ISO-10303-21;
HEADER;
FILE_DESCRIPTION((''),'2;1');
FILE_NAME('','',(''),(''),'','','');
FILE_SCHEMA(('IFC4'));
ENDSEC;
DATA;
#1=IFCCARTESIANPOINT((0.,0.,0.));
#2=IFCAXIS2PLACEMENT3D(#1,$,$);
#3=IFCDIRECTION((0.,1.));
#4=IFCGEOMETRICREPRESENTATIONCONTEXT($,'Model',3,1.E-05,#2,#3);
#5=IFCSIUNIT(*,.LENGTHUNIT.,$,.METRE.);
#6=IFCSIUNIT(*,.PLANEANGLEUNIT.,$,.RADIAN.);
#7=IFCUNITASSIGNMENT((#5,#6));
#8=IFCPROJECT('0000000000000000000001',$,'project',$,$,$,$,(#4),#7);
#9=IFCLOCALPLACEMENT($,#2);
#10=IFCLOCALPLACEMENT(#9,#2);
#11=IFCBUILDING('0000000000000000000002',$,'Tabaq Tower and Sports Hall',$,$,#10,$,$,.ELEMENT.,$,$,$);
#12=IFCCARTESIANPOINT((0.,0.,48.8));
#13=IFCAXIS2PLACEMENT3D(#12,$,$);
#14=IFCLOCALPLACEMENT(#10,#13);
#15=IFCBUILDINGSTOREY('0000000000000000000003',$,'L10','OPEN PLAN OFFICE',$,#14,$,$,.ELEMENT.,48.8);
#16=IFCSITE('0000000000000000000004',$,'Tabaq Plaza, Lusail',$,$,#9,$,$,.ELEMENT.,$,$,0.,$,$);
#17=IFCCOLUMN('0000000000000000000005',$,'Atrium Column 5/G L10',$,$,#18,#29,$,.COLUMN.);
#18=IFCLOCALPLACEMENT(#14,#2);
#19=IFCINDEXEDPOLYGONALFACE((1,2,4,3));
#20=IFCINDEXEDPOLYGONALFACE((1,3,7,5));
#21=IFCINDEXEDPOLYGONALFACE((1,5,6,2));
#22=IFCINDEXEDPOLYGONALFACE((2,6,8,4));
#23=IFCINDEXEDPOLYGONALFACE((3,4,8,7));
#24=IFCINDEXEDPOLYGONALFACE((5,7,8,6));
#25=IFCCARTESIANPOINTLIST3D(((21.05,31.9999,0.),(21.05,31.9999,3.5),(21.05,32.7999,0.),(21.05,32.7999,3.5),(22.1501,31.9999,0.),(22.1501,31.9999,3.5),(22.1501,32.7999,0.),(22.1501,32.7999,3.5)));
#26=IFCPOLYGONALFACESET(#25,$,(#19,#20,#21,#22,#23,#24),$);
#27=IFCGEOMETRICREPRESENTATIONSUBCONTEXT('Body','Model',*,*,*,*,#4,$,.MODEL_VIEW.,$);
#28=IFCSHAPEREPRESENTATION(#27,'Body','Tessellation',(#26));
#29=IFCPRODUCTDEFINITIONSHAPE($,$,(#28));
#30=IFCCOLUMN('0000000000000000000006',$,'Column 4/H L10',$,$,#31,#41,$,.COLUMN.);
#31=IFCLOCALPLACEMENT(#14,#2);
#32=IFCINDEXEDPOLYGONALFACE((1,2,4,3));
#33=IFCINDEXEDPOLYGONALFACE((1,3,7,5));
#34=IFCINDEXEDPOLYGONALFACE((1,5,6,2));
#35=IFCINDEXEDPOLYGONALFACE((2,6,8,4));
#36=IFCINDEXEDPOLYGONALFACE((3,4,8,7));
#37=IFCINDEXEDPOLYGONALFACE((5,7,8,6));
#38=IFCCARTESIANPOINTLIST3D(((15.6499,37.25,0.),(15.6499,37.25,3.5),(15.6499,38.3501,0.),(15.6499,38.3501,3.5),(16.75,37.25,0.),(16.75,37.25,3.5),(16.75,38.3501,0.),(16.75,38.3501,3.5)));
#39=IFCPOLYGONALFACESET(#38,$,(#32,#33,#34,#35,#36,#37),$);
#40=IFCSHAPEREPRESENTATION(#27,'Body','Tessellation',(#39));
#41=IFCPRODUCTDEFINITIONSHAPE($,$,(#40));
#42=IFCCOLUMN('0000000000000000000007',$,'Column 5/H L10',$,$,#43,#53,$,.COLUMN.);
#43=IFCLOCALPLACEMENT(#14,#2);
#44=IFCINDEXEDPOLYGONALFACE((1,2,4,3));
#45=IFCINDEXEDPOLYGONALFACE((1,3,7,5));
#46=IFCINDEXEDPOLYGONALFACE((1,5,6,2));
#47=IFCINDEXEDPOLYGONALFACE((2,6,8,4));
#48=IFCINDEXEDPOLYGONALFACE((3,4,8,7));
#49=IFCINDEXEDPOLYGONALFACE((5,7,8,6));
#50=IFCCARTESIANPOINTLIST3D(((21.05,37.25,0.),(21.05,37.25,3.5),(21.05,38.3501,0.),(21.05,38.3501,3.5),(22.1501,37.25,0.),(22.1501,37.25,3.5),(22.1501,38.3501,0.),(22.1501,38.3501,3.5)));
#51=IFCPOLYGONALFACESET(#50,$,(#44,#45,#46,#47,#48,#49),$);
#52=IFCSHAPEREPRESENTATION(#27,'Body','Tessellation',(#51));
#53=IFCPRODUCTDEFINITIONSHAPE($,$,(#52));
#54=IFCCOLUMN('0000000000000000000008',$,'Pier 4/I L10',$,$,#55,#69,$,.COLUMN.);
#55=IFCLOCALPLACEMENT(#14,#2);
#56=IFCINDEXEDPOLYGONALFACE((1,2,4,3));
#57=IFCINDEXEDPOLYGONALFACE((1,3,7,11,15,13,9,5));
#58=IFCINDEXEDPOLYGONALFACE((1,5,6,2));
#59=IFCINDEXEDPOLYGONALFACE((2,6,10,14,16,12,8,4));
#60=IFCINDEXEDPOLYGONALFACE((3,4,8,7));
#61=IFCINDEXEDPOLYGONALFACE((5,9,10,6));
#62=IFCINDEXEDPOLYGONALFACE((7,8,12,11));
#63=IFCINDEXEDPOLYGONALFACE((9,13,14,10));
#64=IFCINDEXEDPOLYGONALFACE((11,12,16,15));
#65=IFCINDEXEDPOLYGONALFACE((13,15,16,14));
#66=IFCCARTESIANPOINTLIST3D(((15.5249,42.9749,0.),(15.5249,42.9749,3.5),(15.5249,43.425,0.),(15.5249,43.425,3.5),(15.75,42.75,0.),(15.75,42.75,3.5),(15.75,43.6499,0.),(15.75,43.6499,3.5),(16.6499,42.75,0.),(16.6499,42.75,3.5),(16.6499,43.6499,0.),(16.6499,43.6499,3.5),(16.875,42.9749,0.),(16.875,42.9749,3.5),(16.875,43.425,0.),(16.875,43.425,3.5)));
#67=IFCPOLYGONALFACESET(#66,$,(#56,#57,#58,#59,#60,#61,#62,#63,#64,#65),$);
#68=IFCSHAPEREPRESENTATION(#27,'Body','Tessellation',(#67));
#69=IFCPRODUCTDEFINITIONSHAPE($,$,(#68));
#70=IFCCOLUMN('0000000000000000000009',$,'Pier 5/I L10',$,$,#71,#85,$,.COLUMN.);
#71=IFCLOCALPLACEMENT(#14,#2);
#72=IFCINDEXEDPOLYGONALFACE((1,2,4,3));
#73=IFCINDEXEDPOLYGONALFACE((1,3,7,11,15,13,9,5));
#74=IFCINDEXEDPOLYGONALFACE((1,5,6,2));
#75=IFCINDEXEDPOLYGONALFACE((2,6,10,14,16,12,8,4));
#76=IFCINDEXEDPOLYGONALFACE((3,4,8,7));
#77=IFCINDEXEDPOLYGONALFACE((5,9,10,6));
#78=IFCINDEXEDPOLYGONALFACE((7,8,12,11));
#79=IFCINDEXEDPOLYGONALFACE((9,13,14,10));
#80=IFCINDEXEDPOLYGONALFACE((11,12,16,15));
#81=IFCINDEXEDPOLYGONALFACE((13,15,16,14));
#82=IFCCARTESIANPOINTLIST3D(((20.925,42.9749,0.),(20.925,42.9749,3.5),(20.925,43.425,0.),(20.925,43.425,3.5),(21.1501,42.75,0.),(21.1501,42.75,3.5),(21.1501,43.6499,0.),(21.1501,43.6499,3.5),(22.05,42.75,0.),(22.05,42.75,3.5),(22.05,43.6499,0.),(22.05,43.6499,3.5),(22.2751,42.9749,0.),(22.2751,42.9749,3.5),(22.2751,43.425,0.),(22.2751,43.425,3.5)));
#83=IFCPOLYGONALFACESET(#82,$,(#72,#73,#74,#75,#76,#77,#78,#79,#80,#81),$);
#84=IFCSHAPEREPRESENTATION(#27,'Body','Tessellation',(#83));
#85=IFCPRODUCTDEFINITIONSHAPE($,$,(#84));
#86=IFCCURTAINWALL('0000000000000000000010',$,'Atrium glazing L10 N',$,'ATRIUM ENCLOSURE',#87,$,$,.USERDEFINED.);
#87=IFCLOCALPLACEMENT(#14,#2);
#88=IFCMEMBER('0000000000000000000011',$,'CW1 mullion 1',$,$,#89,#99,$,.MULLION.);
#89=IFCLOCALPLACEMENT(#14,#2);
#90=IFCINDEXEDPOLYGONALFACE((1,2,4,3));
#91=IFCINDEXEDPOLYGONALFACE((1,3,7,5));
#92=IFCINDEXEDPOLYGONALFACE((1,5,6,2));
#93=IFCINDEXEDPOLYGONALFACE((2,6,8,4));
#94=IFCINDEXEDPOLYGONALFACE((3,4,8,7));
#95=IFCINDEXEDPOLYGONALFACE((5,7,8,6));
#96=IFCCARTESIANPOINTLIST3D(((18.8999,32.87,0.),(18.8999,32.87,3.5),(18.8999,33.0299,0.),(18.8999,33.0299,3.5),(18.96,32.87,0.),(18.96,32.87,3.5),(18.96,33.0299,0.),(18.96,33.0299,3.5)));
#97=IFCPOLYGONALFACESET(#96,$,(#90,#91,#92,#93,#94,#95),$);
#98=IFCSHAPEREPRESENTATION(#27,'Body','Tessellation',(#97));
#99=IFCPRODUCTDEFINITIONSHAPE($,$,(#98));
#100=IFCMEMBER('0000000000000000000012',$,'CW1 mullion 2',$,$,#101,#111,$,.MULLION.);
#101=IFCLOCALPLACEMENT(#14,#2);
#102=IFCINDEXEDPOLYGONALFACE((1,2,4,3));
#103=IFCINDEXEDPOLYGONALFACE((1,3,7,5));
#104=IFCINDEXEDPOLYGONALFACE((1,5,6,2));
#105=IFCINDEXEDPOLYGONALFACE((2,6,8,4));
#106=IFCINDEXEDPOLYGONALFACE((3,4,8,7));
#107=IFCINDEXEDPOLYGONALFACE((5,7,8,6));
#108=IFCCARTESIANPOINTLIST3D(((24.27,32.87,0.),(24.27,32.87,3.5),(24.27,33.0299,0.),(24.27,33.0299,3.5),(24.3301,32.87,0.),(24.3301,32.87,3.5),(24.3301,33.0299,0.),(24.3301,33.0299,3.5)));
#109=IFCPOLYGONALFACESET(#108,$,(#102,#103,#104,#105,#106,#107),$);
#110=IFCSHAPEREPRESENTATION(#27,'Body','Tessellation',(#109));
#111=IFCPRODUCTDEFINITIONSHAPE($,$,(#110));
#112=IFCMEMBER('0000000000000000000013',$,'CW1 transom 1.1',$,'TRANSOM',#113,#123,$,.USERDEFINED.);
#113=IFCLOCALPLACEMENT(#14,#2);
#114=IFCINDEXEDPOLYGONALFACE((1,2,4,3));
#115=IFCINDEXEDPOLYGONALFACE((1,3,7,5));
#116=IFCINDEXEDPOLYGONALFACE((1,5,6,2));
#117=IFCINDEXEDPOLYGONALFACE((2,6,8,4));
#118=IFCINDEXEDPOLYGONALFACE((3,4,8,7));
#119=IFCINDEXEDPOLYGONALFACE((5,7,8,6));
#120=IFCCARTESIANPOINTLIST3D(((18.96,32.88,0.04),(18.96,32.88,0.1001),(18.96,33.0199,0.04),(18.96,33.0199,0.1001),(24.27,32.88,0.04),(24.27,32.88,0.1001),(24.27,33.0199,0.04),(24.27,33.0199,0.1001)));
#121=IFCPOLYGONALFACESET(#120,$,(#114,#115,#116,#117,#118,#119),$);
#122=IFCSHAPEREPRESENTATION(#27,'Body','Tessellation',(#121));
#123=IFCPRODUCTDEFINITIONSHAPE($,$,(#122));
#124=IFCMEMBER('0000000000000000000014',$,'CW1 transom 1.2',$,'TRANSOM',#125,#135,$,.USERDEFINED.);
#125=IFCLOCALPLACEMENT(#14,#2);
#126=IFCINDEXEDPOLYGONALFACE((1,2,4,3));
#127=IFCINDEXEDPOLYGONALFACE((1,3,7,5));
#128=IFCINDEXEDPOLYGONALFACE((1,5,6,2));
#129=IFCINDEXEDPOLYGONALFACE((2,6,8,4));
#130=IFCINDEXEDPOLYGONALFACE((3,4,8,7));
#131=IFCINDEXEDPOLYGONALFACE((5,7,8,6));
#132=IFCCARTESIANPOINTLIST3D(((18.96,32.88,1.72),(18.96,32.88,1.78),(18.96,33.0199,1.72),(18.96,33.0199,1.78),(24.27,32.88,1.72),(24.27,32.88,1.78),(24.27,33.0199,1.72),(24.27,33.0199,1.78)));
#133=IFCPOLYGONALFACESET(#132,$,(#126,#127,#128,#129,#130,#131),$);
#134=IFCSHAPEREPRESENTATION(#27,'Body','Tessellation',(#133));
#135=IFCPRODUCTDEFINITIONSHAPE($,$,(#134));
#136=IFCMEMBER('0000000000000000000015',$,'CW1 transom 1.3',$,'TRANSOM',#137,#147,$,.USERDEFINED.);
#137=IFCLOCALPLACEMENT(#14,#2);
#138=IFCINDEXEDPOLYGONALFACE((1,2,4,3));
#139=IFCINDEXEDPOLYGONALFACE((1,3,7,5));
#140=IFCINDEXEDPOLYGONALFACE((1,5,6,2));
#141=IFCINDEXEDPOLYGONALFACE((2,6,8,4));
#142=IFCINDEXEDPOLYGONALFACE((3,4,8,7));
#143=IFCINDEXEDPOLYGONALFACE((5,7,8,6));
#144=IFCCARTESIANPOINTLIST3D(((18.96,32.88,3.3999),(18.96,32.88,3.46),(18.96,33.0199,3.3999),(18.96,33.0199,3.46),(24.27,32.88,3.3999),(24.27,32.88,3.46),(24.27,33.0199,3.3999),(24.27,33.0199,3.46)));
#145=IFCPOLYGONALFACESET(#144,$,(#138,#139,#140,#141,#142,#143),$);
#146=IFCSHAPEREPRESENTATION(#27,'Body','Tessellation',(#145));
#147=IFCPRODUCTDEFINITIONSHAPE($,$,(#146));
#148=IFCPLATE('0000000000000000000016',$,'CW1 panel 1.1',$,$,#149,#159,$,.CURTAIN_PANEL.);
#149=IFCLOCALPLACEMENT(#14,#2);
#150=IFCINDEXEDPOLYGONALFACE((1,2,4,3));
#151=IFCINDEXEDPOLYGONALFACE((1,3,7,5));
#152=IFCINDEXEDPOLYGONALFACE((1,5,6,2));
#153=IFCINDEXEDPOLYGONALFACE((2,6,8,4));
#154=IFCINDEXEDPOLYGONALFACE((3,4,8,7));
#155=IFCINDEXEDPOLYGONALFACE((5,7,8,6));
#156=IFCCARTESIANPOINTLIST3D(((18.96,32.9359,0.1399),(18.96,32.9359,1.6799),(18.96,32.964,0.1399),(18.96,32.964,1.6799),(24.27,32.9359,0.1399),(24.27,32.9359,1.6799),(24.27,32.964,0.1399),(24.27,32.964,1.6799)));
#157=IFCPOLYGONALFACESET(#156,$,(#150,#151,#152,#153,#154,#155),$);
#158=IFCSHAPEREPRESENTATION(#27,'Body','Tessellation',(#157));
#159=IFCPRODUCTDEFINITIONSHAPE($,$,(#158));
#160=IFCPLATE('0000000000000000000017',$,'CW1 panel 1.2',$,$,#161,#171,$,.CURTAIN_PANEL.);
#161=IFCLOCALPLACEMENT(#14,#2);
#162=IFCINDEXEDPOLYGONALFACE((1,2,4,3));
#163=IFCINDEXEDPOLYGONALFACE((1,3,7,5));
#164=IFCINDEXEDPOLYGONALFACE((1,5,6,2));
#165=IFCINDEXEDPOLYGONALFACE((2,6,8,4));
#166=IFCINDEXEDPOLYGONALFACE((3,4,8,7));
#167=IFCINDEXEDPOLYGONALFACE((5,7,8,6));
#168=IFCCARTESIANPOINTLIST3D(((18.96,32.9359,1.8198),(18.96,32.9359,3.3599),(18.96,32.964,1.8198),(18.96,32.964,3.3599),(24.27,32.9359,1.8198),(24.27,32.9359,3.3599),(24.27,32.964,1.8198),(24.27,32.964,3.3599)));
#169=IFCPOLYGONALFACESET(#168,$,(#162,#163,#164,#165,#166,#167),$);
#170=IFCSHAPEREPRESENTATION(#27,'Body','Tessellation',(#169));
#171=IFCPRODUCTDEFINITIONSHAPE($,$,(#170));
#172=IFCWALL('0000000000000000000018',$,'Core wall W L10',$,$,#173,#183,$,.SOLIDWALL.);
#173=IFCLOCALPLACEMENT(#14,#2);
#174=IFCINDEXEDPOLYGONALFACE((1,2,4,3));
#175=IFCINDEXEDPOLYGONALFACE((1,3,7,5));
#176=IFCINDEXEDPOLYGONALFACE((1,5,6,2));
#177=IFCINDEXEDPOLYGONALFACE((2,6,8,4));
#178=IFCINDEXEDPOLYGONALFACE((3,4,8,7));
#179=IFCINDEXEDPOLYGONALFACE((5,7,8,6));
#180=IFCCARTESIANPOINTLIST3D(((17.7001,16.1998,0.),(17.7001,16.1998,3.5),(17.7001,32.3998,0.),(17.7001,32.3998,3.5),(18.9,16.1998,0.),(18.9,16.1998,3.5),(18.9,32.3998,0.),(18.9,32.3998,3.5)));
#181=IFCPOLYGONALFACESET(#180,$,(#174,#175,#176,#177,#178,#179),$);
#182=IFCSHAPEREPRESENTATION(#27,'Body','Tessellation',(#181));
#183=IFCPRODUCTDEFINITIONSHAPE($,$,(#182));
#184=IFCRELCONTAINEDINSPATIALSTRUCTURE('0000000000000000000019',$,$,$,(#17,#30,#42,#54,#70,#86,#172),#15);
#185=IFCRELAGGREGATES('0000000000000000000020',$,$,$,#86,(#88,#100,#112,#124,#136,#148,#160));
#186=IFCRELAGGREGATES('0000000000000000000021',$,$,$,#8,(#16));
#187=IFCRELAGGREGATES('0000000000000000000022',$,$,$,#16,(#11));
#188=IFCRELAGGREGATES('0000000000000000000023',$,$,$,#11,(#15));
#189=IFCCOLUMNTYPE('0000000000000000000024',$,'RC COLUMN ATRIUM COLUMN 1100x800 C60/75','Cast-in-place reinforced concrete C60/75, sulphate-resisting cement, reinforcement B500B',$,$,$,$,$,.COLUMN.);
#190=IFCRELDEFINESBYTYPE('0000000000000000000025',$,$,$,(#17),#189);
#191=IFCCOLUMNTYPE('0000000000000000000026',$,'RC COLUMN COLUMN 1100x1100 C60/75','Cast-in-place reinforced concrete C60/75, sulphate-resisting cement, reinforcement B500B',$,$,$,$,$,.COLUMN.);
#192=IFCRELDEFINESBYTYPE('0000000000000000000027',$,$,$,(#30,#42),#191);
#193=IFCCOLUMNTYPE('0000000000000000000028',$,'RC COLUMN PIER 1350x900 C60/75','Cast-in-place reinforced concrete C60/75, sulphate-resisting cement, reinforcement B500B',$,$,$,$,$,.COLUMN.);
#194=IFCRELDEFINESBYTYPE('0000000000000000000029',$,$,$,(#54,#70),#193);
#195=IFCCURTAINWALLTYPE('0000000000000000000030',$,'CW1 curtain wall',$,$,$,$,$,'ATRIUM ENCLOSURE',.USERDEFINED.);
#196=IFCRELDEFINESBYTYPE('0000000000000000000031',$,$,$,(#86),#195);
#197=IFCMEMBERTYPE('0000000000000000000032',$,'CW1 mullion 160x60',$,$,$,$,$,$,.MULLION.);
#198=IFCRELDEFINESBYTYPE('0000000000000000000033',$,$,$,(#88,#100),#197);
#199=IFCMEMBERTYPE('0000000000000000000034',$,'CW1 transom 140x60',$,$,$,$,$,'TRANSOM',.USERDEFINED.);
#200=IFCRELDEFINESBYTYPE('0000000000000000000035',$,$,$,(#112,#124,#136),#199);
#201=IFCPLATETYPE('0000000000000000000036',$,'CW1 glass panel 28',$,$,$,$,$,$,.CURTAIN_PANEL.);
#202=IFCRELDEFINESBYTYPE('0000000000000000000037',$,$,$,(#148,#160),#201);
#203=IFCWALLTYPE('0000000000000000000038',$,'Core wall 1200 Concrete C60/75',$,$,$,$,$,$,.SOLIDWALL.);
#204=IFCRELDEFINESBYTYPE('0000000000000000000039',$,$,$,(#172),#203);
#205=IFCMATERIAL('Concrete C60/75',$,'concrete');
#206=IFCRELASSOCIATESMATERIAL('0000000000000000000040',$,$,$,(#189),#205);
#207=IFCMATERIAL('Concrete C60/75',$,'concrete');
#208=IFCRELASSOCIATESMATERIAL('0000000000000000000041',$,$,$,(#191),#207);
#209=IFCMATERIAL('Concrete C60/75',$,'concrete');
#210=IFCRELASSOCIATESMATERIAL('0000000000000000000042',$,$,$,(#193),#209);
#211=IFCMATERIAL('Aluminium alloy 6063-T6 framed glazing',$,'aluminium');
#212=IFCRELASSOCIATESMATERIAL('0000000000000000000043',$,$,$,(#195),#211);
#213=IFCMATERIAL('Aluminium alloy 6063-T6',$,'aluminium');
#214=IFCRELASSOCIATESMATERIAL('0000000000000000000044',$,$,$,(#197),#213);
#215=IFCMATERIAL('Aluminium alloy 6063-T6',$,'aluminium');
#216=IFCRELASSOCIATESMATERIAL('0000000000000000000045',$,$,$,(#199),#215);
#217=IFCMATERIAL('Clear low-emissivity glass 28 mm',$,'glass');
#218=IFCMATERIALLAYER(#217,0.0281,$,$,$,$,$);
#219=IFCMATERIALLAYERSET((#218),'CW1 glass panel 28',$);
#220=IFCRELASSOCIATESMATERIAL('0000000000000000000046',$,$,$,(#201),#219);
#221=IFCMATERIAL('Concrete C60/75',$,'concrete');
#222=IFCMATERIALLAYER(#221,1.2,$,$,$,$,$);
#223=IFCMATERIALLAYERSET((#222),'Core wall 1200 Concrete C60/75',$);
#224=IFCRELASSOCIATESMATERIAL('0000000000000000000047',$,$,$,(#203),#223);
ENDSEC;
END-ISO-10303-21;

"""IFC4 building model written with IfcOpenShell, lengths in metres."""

from ifc_helpers import new_model, si_unit, direction, frame, frame_2d, origin, origin_2d, place, context, subcontext, project, spatial, polyline, rectangle, outline, extrude, material, layer, layer_set, material_profile, profile_set, type_object, element, aggregate, save


model = new_model("IFC4")

# Units and contexts
model_context = context("Model", 3, precision=1e-05, world=origin(), true_north=direction((0.0, 1.0)))
body_context = subcontext(model_context, "Body", "Model", "MODEL_VIEW")
ifc_project = project(units=[si_unit("LENGTHUNIT", "METRE"), si_unit("PLANEANGLEUNIT", "RADIAN")], contexts=[model_context])

# Site, building, storey
site_placement = place(None, origin())
site = spatial("IfcSite", under=ifc_project, at=site_placement, Name="Tabaq Plaza, Lusail", CompositionType="ELEMENT", RefElevation=0.0)
building_placement = place(site_placement, origin())
building = spatial("IfcBuilding", under=site, at=building_placement, Name="Tabaq Tower and Sports Hall", CompositionType="ELEMENT")
storey_placement = place(building_placement, frame((0.0, 0.0, 48.8)))
storey = spatial("IfcBuildingStorey", under=building, at=storey_placement, Name="L10", Description="OPEN PLAN OFFICE", CompositionType="ELEMENT", Elevation=48.8)

# Columns
ifc_material_1 = material(Name="Concrete C60/75", Category="concrete")
ifc_material_profile_1 = material_profile(ifc_material_1, rectangle(XDim=1.1001, YDim=0.8, at=origin_2d()), Name="ATRIUM COLUMN 1100x800")
ifc_profile_set_1 = profile_set([ifc_material_profile_1], Name="Concrete C60/75")
column_type_1 = type_object("IfcColumnType", Name="RC COLUMN ATRIUM COLUMN 1100x800 C60/75", Description="Cast-in-place reinforced concrete C60/75, sulphate-resisting cement, reinforcement B500B", PredefinedType="COLUMN", material=ifc_profile_set_1)
column_placement = place(storey_placement, frame((21.6001, 32.3999, 0.0), z_axis=(0.0, 0.0, 1.0), x_axis=(1.0, 0.0, 0.0)))
element("IfcColumn", 1, at=column_placement, inside=storey, type_object=column_type_1, Name="Atrium Column 5/G L10", PredefinedType="COLUMN", context=body_context, shape_type="SweptSolid", body=[
    extrude(rectangle(XDim=1.1001, YDim=0.8, at=origin_2d()), origin(), (0.0, 0.0, 1.0), 3.5),
])
ifc_material_2 = material(Name="Concrete C60/75", Category="concrete")
ifc_material_profile_2 = material_profile(ifc_material_2, rectangle(XDim=1.1001, YDim=1.1001, at=origin_2d()), Name="COLUMN 1100x1100")
ifc_profile_set_2 = profile_set([ifc_material_profile_2], Name="Concrete C60/75")
column_type_2 = type_object("IfcColumnType", Name="RC COLUMN COLUMN 1100x1100 C60/75", Description="Cast-in-place reinforced concrete C60/75, sulphate-resisting cement, reinforcement B500B", PredefinedType="COLUMN", material=ifc_profile_set_2)
for number, where, z_axis, x_axis, name in (
    (2, (16.2, 37.8, 0.0), (0.0, 0.0, 1.0), (1.0, 0.0, 0.0), "Column 4/H L10"),
    (3, (21.6001, 37.8, 0.0), (0.0, 0.0, 1.0), (1.0, 0.0, 0.0), "Column 5/H L10"),
):
    element("IfcColumn", number, at=place(storey_placement, frame(where, z_axis=z_axis, x_axis=x_axis)), inside=storey, type_object=column_type_2, Name=name, PredefinedType="COLUMN", context=body_context, shape_type="SweptSolid", body=[
        extrude(rectangle(XDim=1.1001, YDim=1.1001, at=origin_2d()), origin(), (0.0, 0.0, 1.0), 3.5),
    ])
ifc_material_3 = material(Name="Concrete C60/75", Category="concrete")
ifc_material_profile_3 = material_profile(ifc_material_3, outline(polyline([(-0.45, -0.45), (0.45, -0.45), (0.675, -0.2251), (0.675, 0.2251), (0.45, 0.45), (-0.45, 0.45), (-0.675, 0.2251), (-0.675, -0.2251), (-0.45, -0.45)])), Name="PIER 1350x900")
ifc_profile_set_3 = profile_set([ifc_material_profile_3], Name="Concrete C60/75")
column_type_3 = type_object("IfcColumnType", Name="RC COLUMN PIER 1350x900 C60/75", Description="Cast-in-place reinforced concrete C60/75, sulphate-resisting cement, reinforcement B500B", PredefinedType="COLUMN", material=ifc_profile_set_3)
for number, where, z_axis, x_axis, name in (
    (4, (16.2, 43.2, 0.0), (0.0, 0.0, 1.0), (1.0, 0.0, 0.0), "Pier 4/I L10"),
    (5, (21.6001, 43.2, 0.0), (0.0, 0.0, 1.0), (1.0, 0.0, 0.0), "Pier 5/I L10"),
):
    element("IfcColumn", number, at=place(storey_placement, frame(where, z_axis=z_axis, x_axis=x_axis)), inside=storey, type_object=column_type_3, Name=name, PredefinedType="COLUMN", context=body_context, shape_type="SweptSolid", body=[
        extrude(outline(polyline([(-0.45, -0.45), (0.45, -0.45), (0.675, -0.2251), (0.675, 0.2251), (0.45, 0.45), (-0.45, 0.45), (-0.675, 0.2251), (-0.675, -0.2251), (-0.45, -0.45)])), origin(), (0.0, 0.0, 1.0), 3.5),
    ])

# Curtain wall, members, plates
ifc_material_4 = material(Name="Aluminium alloy 6063-T6 framed glazing", Category="aluminium")
curtain_wall_type = type_object("IfcCurtainWallType", Name="CW1 curtain wall", ElementType="ATRIUM ENCLOSURE", PredefinedType="USERDEFINED", material=ifc_material_4)
curtain_wall_placement = place(storey_placement, origin())
curtain_wall = element("IfcCurtainWall", 6, at=curtain_wall_placement, inside=storey, type_object=curtain_wall_type, Name="Atrium glazing L10 N", ObjectType="ATRIUM ENCLOSURE", PredefinedType="USERDEFINED")
ifc_material_5 = material(Name="Aluminium alloy 6063-T6", Category="aluminium")
ifc_material_profile_4 = material_profile(ifc_material_5, rectangle(XDim=0.1599, YDim=0.0601, at=origin_2d()), Name="MULLION 160x60")
ifc_profile_set_4 = profile_set([ifc_material_profile_4], Name="Aluminium alloy 6063-T6")
member_type_1 = type_object("IfcMemberType", Name="CW1 mullion 160x60", PredefinedType="MULLION", material=ifc_profile_set_4)
member_1_placement = place(storey_placement, frame((18.9299, 32.95, 0.0), z_axis=(0.0, 0.0, 1.0), x_axis=(0.0, 1.0, 0.0)))
member_1 = element("IfcMember", 7, at=member_1_placement, type_object=member_type_1, Name="CW1 mullion 1", PredefinedType="MULLION", context=body_context, shape_type="SweptSolid", body=[
    extrude(rectangle(XDim=0.1599, YDim=0.0601, at=origin_2d()), origin(), (0.0, 0.0, 1.0), 3.5),
])
member_2_placement = place(storey_placement, frame((24.3, 32.95, 0.0), z_axis=(0.0, 0.0, 1.0), x_axis=(0.0, 1.0, 0.0)))
member_2 = element("IfcMember", 8, at=member_2_placement, type_object=member_type_1, Name="CW1 mullion 2", PredefinedType="MULLION", context=body_context, shape_type="SweptSolid", body=[
    extrude(rectangle(XDim=0.1599, YDim=0.0601, at=origin_2d()), origin(), (0.0, 0.0, 1.0), 3.5),
])
ifc_material_6 = material(Name="Aluminium alloy 6063-T6", Category="aluminium")
ifc_material_profile_5 = material_profile(ifc_material_6, rectangle(XDim=0.1399, YDim=0.0601, at=origin_2d()), Name="TRANSOM 140x60")
ifc_profile_set_5 = profile_set([ifc_material_profile_5], Name="Aluminium alloy 6063-T6")
member_type_2 = type_object("IfcMemberType", Name="CW1 transom 140x60", ElementType="TRANSOM", PredefinedType="USERDEFINED", material=ifc_profile_set_5)
member_3_placement = place(storey_placement, frame((18.96, 32.95, 0.0701), z_axis=(1.0, 0.0, 0.0), x_axis=(0.0, 1.0, 0.0)))
member_3 = element("IfcMember", 9, at=member_3_placement, type_object=member_type_2, Name="CW1 transom 1.1", ObjectType="TRANSOM", PredefinedType="USERDEFINED", context=body_context, shape_type="SweptSolid", body=[
    extrude(rectangle(XDim=0.1399, YDim=0.0601, at=origin_2d()), origin(), (0.0, 0.0, 1.0), 5.3101),
])
member_4_placement = place(storey_placement, frame((18.96, 32.95, 1.75), z_axis=(1.0, 0.0, 0.0), x_axis=(0.0, 1.0, 0.0)))
member_4 = element("IfcMember", 10, at=member_4_placement, type_object=member_type_2, Name="CW1 transom 1.2", ObjectType="TRANSOM", PredefinedType="USERDEFINED", context=body_context, shape_type="SweptSolid", body=[
    extrude(rectangle(XDim=0.1399, YDim=0.0601, at=origin_2d()), origin(), (0.0, 0.0, 1.0), 5.3101),
])
member_5_placement = place(storey_placement, frame((18.96, 32.95, 3.4299), z_axis=(1.0, 0.0, 0.0), x_axis=(0.0, 1.0, 0.0)))
member_5 = element("IfcMember", 11, at=member_5_placement, type_object=member_type_2, Name="CW1 transom 1.3", ObjectType="TRANSOM", PredefinedType="USERDEFINED", context=body_context, shape_type="SweptSolid", body=[
    extrude(rectangle(XDim=0.1399, YDim=0.0601, at=origin_2d()), origin(), (0.0, 0.0, 1.0), 5.3101),
])
ifc_material_7 = material(Name="Clear low-emissivity glass 28 mm", Category="glass")
ifc_layer_1 = layer(ifc_material_7, 0.0281)
ifc_layer_set_1 = layer_set([ifc_layer_1], Name="CW1 glass panel 28")
plate_type = type_object("IfcPlateType", Name="CW1 glass panel 28", PredefinedType="CURTAIN_PANEL", material=ifc_layer_set_1)
plate_1_placement = place(storey_placement, frame((21.615, 32.95, 0.1399), z_axis=(0.0, 0.0, 1.0), x_axis=(1.0, 0.0, 0.0)))
plate_1 = element("IfcPlate", 12, at=plate_1_placement, type_object=plate_type, Name="CW1 panel 1.1", PredefinedType="CURTAIN_PANEL", context=body_context, shape_type="SweptSolid", body=[
    extrude(rectangle(XDim=5.3101, YDim=0.0281, at=origin_2d()), origin(), (0.0, 0.0, 1.0), 1.54),
])
plate_2_placement = place(storey_placement, frame((21.615, 32.95, 1.8198), z_axis=(0.0, 0.0, 1.0), x_axis=(1.0, 0.0, 0.0)))
plate_2 = element("IfcPlate", 13, at=plate_2_placement, type_object=plate_type, Name="CW1 panel 1.2", PredefinedType="CURTAIN_PANEL", context=body_context, shape_type="SweptSolid", body=[
    extrude(rectangle(XDim=5.3101, YDim=0.0281, at=origin_2d()), origin(), (0.0, 0.0, 1.0), 1.54),
])
aggregate(curtain_wall, [member_1, member_2, member_3, member_4, member_5, plate_1, plate_2])

# Wall
ifc_material_8 = material(Name="Concrete C60/75", Category="concrete")
ifc_layer_2 = layer(ifc_material_8, 1.2)
ifc_layer_set_2 = layer_set([ifc_layer_2], Name="Core wall 1200 Concrete C60/75")
wall_type_1 = type_object("IfcWallType", Name="Core wall 1200 Concrete C60/75", PredefinedType="SOLIDWALL", material=ifc_layer_set_2)
wall_1_placement = place(storey_placement, frame((18.3, 32.3999, 0.0), z_axis=(0.0, 0.0, 1.0), x_axis=(0.0, -1.0, 0.0)))
element("IfcWall", 14, at=wall_1_placement, inside=storey, type_object=wall_type_1, Name="Core wall W L10", PredefinedType="SOLIDWALL", context=body_context, shape_type="SweptSolid", body=[
    extrude(rectangle(XDim=16.2, YDim=1.2, at=frame_2d((8.1001, 0.0))), origin(), (0.0, 0.0, 1.0), 3.5),
])

save(model, "model.ifc")
